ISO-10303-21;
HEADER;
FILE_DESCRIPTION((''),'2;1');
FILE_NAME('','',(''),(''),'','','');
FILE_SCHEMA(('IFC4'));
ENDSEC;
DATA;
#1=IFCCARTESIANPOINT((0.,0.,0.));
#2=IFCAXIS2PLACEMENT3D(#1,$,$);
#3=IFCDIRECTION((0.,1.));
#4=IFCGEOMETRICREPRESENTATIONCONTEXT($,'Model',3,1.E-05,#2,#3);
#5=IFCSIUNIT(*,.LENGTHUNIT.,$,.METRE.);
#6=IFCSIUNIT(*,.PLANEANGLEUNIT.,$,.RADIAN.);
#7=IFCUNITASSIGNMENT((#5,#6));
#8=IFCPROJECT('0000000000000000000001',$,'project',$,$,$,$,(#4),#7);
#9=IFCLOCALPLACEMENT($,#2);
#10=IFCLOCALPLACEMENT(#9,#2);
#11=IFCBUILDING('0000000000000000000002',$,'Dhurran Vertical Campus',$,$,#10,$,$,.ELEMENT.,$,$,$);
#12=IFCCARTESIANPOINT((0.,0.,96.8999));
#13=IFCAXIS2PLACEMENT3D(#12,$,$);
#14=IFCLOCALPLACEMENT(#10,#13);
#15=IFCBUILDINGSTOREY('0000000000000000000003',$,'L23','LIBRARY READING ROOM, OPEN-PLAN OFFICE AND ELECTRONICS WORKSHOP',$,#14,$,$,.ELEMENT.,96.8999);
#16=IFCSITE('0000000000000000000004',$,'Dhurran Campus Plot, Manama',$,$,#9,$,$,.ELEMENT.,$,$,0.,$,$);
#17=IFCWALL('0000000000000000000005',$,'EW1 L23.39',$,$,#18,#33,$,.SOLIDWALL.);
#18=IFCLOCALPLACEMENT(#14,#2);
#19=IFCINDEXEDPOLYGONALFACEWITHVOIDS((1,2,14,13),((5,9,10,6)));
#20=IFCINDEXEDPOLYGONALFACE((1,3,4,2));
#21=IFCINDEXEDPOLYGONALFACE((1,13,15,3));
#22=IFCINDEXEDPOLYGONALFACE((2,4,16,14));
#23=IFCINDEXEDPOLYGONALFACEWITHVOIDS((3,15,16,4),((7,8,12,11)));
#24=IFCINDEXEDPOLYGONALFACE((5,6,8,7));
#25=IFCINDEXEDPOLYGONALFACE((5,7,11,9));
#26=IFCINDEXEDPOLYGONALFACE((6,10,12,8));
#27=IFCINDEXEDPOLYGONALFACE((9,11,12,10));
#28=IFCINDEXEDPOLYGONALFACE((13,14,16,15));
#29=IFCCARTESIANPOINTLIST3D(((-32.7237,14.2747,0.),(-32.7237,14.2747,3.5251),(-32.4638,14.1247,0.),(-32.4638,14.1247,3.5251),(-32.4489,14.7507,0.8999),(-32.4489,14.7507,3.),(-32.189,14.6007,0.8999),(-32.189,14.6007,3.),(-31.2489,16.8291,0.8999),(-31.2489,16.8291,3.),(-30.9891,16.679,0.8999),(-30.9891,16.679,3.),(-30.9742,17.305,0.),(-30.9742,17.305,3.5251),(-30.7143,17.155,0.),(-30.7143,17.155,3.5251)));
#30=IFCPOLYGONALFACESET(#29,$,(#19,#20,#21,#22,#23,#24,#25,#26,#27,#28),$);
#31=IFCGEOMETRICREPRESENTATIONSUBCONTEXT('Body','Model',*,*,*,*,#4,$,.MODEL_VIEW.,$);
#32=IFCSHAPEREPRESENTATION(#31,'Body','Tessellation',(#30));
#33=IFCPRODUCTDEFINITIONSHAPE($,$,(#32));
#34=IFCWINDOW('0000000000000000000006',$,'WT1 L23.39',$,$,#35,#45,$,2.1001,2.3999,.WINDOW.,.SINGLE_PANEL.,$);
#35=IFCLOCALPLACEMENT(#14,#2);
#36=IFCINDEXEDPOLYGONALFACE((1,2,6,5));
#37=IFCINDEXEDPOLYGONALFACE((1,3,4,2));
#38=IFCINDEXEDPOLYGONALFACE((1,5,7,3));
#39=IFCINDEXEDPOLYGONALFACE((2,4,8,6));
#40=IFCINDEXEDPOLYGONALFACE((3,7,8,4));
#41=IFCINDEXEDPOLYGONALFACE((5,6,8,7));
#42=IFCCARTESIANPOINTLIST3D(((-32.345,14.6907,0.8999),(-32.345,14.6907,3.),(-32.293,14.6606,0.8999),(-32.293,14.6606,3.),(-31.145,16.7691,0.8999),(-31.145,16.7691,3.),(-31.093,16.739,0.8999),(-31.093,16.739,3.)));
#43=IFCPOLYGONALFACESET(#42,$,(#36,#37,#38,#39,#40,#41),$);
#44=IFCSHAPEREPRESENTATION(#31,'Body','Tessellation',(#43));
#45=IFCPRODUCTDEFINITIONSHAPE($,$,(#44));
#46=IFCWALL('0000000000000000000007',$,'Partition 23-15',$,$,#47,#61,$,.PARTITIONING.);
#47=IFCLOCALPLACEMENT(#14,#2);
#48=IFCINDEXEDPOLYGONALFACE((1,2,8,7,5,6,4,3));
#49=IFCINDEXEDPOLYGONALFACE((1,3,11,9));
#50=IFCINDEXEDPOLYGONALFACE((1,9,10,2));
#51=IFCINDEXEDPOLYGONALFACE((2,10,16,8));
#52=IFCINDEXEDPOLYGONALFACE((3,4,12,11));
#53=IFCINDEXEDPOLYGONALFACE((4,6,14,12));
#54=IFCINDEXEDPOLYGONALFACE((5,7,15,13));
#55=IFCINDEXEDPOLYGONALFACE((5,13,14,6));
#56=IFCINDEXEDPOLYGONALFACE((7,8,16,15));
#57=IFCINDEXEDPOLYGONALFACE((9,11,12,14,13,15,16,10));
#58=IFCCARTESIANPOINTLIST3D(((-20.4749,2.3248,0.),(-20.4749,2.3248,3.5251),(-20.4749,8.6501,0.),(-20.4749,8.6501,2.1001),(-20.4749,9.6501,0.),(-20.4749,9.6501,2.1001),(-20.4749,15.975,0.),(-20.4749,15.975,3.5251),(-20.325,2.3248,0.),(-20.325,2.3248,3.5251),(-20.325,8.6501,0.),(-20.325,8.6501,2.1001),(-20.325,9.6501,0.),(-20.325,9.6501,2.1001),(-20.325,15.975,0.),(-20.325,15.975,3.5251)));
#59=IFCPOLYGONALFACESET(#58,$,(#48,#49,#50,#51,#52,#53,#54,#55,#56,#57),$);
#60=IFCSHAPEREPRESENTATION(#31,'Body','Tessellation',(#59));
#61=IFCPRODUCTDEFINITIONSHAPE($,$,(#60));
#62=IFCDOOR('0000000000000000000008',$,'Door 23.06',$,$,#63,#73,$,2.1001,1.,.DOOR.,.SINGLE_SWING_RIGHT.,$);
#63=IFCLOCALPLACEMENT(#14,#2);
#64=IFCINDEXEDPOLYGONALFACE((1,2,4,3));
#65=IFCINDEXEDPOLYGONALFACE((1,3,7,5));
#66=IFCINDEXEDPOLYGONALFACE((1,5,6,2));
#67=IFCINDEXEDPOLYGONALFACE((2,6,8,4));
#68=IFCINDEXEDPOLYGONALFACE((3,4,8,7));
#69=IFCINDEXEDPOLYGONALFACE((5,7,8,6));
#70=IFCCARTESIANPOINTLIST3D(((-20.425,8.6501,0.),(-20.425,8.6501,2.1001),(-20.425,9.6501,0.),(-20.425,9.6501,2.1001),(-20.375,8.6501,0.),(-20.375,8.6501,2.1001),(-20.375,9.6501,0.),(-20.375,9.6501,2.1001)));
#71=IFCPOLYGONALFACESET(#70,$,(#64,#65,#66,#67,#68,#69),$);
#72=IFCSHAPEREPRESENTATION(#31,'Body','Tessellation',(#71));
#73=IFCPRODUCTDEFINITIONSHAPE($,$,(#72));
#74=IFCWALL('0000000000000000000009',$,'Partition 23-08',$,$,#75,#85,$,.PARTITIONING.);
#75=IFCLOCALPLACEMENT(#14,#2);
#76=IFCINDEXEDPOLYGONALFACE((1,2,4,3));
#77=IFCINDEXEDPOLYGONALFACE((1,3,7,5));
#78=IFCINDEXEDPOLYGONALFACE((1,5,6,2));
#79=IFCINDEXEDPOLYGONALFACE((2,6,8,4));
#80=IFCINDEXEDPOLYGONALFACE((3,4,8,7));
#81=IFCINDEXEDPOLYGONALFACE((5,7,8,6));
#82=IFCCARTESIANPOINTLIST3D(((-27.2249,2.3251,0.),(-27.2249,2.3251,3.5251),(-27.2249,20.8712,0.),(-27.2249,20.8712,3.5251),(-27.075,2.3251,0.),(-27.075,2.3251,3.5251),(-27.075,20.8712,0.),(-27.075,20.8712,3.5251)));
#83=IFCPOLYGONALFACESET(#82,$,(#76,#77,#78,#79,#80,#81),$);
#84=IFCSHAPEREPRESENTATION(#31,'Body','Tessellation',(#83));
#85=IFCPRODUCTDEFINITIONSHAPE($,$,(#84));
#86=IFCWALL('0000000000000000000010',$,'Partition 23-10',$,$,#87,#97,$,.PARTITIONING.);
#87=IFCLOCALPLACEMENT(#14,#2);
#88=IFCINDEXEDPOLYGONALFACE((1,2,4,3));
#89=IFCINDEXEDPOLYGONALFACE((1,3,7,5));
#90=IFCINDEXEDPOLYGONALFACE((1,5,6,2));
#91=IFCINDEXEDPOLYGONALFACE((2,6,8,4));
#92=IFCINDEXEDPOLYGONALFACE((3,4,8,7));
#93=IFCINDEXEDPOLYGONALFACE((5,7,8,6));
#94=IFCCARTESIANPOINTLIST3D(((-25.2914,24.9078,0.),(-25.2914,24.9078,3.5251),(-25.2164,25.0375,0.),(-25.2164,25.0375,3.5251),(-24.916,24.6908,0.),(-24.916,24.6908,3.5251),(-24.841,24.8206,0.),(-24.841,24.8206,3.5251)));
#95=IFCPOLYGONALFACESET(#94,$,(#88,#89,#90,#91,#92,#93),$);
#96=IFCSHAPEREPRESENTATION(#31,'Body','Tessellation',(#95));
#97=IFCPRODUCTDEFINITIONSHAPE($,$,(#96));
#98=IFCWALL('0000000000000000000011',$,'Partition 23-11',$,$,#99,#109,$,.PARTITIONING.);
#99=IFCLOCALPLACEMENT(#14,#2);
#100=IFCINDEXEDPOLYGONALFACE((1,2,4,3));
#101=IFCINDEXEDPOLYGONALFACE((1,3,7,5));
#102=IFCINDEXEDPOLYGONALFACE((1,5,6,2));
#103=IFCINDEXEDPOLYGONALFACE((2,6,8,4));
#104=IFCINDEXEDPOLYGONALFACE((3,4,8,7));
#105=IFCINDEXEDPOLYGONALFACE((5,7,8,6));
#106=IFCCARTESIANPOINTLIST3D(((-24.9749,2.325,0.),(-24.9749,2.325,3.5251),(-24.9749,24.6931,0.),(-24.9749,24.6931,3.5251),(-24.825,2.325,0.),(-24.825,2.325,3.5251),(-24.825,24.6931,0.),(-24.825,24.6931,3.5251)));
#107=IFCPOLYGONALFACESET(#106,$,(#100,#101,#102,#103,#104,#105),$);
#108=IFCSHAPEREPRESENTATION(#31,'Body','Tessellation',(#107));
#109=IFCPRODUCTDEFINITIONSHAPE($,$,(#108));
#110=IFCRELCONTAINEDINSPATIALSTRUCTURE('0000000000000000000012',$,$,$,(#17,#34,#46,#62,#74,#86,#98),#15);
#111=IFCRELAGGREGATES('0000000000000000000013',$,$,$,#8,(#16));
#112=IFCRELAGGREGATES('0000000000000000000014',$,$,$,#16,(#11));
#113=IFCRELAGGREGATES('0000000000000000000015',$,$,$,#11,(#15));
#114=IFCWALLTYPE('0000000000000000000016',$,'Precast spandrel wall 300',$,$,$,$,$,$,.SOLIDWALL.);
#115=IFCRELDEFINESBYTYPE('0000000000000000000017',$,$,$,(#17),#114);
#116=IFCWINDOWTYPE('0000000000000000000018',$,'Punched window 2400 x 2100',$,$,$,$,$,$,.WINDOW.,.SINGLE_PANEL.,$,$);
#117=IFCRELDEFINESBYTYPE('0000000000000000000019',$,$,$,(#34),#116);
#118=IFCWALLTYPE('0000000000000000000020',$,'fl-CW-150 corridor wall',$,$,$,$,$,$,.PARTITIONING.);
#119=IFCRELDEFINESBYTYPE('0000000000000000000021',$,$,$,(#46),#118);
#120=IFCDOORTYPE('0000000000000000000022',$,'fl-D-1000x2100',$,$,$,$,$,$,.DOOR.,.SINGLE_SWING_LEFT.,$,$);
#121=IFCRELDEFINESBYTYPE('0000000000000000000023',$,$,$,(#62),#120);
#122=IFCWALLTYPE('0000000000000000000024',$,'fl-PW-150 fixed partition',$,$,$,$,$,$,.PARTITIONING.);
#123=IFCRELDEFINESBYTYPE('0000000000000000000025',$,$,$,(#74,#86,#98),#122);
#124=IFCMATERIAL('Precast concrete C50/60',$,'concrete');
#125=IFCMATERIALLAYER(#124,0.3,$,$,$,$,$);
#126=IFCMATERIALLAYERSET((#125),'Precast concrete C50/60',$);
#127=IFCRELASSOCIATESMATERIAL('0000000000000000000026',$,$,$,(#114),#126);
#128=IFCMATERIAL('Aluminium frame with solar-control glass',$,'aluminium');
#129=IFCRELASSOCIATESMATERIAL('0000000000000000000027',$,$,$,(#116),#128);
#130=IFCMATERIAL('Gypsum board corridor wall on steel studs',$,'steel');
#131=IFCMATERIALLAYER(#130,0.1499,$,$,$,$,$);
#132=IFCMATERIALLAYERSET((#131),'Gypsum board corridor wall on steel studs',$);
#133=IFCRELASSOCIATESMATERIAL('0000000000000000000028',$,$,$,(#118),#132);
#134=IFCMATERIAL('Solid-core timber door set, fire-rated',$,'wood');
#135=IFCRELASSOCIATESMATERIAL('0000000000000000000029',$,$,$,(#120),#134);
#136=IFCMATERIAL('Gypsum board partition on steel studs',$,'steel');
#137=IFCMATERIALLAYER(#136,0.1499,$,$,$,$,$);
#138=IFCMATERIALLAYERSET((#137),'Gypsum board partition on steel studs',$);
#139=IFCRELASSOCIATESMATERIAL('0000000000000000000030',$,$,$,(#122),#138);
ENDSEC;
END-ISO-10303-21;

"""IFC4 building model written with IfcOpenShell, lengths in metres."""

from ifc_helpers import new_model, si_unit, direction, frame, frame_2d, origin, place, context, subcontext, project, spatial, rectangle, extrude, material, layer, layer_set, type_object, element, fill, save


model = new_model("IFC4")

# Units and contexts
model_context = context("Model", 3, precision=1e-05, world=origin(), true_north=direction((0.0, 1.0)))
body_context = subcontext(model_context, "Body", "Model", "MODEL_VIEW")
ifc_project = project(units=[si_unit("LENGTHUNIT", "METRE"), si_unit("PLANEANGLEUNIT", "RADIAN")], contexts=[model_context])

# Site, building, storey
site_placement = place(None, origin())
site = spatial("IfcSite", under=ifc_project, at=site_placement, Name="Dhurran Campus Plot, Manama", CompositionType="ELEMENT", RefElevation=0.0)
building_placement = place(site_placement, origin())
building = spatial("IfcBuilding", under=site, at=building_placement, Name="Dhurran Vertical Campus", CompositionType="ELEMENT")
storey_placement = place(building_placement, frame((0.0, 0.0, 96.8999)))
storey = spatial("IfcBuildingStorey", under=building, at=storey_placement, Name="L23", Description="LIBRARY READING ROOM, OPEN-PLAN OFFICE AND ELECTRONICS WORKSHOP", CompositionType="ELEMENT", Elevation=96.8999)

# Wall, opening, window
ifc_material_1 = material(Name="Precast concrete C50/60", Category="concrete")
ifc_layer_1 = layer(ifc_material_1, 0.3)
ifc_layer_set_1 = layer_set([ifc_layer_1], Name="Precast concrete C50/60")
wall_type_1 = type_object("IfcWallType", Name="Precast spandrel wall 300", PredefinedType="SOLIDWALL", material=ifc_layer_set_1)
ifc_material_2 = material(Name="Aluminium frame with solar-control glass", Category="aluminium")
window_type = type_object("IfcWindowType", Name="Punched window 2400 x 2100", PartitioningType="SINGLE_PANEL", PredefinedType="WINDOW", material=ifc_material_2)
wall_1_placement = place(storey_placement, frame((-30.8442, 17.23, 0.0), z_axis=(0.0, 0.0, 1.0), x_axis=(-0.499996, -0.866028, 0.0)))
wall_1 = element("IfcWall", 1, at=wall_1_placement, inside=storey, type_object=wall_type_1, Name="EW1 L23.39", PredefinedType="SOLIDWALL", context=body_context, shape_type="SweptSolid", body=[
    extrude(rectangle(XDim=3.499, YDim=0.3, at=frame_2d((1.7495, 0.0))), origin(), (0.0, 0.0, 1.0), 3.5251),
])
opening_1_placement = place(wall_1_placement, frame((0.5496, 0.0, 0.8999)))
opening_1 = element("IfcOpeningElement", 2, at=opening_1_placement, cuts=wall_1, PredefinedType="OPENING", context=body_context, shape_type="SweptSolid", body=[
    extrude(rectangle(XDim=2.3999, YDim=2.1001, at=frame_2d((1.2, 1.05))), frame((0.0, 0.1599, 0.0), z_axis=(0.0, -1.0, 0.0), x_axis=(1.0, 0.0, 0.0)), (0.0, 0.0, 1.0), 0.3201),
])
window_1_placement = place(opening_1_placement, origin())
window_1 = element("IfcWindow", 3, at=window_1_placement, inside=storey, type_object=window_type, Name="WT1 L23.39", OverallHeight=2.1001, OverallWidth=2.3999, PartitioningType="SINGLE_PANEL", PredefinedType="WINDOW", context=body_context, shape_type="SweptSolid", body=[
    extrude(rectangle(XDim=2.3999, YDim=2.1001, at=frame_2d((1.2, 1.05))), frame((0.0, 0.03, 0.0), z_axis=(0.0, -1.0, 0.0), x_axis=(1.0, 0.0, 0.0)), (0.0, 0.0, 1.0), 0.0601),
])
fill(opening_1, window_1)

# Wall, opening, door
ifc_material_3 = material(Name="Gypsum board corridor wall on steel studs", Category="steel")
ifc_layer_2 = layer(ifc_material_3, 0.1499)
ifc_layer_set_2 = layer_set([ifc_layer_2], Name="Gypsum board corridor wall on steel studs")
wall_type_2 = type_object("IfcWallType", Name="fl-CW-150 corridor wall", PredefinedType="PARTITIONING", material=ifc_layer_set_2)
wall_2_placement = place(storey_placement, frame((-20.3999, 15.9751, 0.0), z_axis=(0.0, 0.0, 1.0), x_axis=(0.0, -1.0, 0.0)))
wall_2 = element("IfcWall", 4, at=wall_2_placement, inside=storey, type_object=wall_type_2, Name="Partition 23-15", PredefinedType="PARTITIONING", context=body_context, shape_type="SweptSolid", body=[
    extrude(rectangle(XDim=13.6501, YDim=0.1499, at=frame_2d((6.8252, 0.0))), origin(), (0.0, 0.0, 1.0), 3.5251),
])
opening_2_placement = place(wall_2_placement, frame((6.325, 0.0, 0.0)))
opening_2 = element("IfcOpeningElement", 5, at=opening_2_placement, cuts=wall_2, PredefinedType="OPENING", context=body_context, shape_type="SweptSolid", body=[
    extrude(rectangle(XDim=1.0, YDim=2.1001, at=frame_2d((0.5, 1.05))), frame((0.0, 0.085, 0.0), z_axis=(0.0, -1.0, 0.0), x_axis=(1.0, 0.0, 0.0)), (0.0, 0.0, 1.0), 0.1699),
])
ifc_material_4 = material(Name="Solid-core timber door set, fire-rated", Category="wood")
door_type = type_object("IfcDoorType", Name="fl-D-1000x2100", OperationType="SINGLE_SWING_LEFT", PredefinedType="DOOR", material=ifc_material_4)
door_placement = place(opening_2_placement, origin())
door = element("IfcDoor", 6, at=door_placement, inside=storey, type_object=door_type, Name="Door 23.06", OperationType="SINGLE_SWING_RIGHT", OverallHeight=2.1001, OverallWidth=1.0, PredefinedType="DOOR", context=body_context, shape_type="SweptSolid", body=[
    extrude(rectangle(XDim=1.0, YDim=2.1001, at=frame_2d((0.5, 1.05))), frame((0.0, 0.0249, 0.0), z_axis=(0.0, -1.0, 0.0), x_axis=(1.0, 0.0, 0.0)), (0.0, 0.0, 1.0), 0.05),
])
fill(opening_2, door)

# Walls
ifc_material_5 = material(Name="Gypsum board partition on steel studs", Category="steel")
ifc_layer_3 = layer(ifc_material_5, 0.1499)
ifc_layer_set_3 = layer_set([ifc_layer_3], Name="Gypsum board partition on steel studs")
wall_type_3 = type_object("IfcWallType", Name="fl-PW-150 fixed partition", PredefinedType="PARTITIONING", material=ifc_layer_set_3)
wall_3_placement = place(storey_placement, frame((-27.1499, 20.8711, 0.0), z_axis=(0.0, 0.0, 1.0), x_axis=(0.0, -1.0, 0.0)))
element("IfcWall", 7, at=wall_3_placement, inside=storey, type_object=wall_type_3, Name="Partition 23-08", PredefinedType="PARTITIONING", context=body_context, shape_type="SweptSolid", body=[
    extrude(rectangle(XDim=18.5461, YDim=0.1499, at=frame_2d((9.2729, 0.0))), origin(), (0.0, 0.0, 1.0), 3.5251),
])
wall_4_placement = place(storey_placement, frame((-25.2539, 24.9727, 0.0), z_axis=(0.0, 0.0, 1.0), x_axis=(0.865773, -0.500437, 0.0)))
element("IfcWall", 8, at=wall_4_placement, inside=storey, type_object=wall_type_3, Name="Partition 23-10", PredefinedType="PARTITIONING", context=body_context, shape_type="SweptSolid", body=[
    extrude(rectangle(XDim=0.4336, YDim=0.1499, at=frame_2d((0.2168, 0.0))), origin(), (0.0, 0.0, 1.0), 3.5251),
])
wall_5_placement = place(storey_placement, frame((-24.8999, 24.6931, 0.0), z_axis=(0.0, 0.0, 1.0), x_axis=(0.0, -1.0, 0.0)))
element("IfcWall", 9, at=wall_5_placement, inside=storey, type_object=wall_type_3, Name="Partition 23-11", PredefinedType="PARTITIONING", context=body_context, shape_type="SweptSolid", body=[
    extrude(rectangle(XDim=22.3682, YDim=0.1499, at=frame_2d((11.1841, 0.0))), origin(), (0.0, 0.0, 1.0), 3.5251),
])

save(model, "model.ifc")
